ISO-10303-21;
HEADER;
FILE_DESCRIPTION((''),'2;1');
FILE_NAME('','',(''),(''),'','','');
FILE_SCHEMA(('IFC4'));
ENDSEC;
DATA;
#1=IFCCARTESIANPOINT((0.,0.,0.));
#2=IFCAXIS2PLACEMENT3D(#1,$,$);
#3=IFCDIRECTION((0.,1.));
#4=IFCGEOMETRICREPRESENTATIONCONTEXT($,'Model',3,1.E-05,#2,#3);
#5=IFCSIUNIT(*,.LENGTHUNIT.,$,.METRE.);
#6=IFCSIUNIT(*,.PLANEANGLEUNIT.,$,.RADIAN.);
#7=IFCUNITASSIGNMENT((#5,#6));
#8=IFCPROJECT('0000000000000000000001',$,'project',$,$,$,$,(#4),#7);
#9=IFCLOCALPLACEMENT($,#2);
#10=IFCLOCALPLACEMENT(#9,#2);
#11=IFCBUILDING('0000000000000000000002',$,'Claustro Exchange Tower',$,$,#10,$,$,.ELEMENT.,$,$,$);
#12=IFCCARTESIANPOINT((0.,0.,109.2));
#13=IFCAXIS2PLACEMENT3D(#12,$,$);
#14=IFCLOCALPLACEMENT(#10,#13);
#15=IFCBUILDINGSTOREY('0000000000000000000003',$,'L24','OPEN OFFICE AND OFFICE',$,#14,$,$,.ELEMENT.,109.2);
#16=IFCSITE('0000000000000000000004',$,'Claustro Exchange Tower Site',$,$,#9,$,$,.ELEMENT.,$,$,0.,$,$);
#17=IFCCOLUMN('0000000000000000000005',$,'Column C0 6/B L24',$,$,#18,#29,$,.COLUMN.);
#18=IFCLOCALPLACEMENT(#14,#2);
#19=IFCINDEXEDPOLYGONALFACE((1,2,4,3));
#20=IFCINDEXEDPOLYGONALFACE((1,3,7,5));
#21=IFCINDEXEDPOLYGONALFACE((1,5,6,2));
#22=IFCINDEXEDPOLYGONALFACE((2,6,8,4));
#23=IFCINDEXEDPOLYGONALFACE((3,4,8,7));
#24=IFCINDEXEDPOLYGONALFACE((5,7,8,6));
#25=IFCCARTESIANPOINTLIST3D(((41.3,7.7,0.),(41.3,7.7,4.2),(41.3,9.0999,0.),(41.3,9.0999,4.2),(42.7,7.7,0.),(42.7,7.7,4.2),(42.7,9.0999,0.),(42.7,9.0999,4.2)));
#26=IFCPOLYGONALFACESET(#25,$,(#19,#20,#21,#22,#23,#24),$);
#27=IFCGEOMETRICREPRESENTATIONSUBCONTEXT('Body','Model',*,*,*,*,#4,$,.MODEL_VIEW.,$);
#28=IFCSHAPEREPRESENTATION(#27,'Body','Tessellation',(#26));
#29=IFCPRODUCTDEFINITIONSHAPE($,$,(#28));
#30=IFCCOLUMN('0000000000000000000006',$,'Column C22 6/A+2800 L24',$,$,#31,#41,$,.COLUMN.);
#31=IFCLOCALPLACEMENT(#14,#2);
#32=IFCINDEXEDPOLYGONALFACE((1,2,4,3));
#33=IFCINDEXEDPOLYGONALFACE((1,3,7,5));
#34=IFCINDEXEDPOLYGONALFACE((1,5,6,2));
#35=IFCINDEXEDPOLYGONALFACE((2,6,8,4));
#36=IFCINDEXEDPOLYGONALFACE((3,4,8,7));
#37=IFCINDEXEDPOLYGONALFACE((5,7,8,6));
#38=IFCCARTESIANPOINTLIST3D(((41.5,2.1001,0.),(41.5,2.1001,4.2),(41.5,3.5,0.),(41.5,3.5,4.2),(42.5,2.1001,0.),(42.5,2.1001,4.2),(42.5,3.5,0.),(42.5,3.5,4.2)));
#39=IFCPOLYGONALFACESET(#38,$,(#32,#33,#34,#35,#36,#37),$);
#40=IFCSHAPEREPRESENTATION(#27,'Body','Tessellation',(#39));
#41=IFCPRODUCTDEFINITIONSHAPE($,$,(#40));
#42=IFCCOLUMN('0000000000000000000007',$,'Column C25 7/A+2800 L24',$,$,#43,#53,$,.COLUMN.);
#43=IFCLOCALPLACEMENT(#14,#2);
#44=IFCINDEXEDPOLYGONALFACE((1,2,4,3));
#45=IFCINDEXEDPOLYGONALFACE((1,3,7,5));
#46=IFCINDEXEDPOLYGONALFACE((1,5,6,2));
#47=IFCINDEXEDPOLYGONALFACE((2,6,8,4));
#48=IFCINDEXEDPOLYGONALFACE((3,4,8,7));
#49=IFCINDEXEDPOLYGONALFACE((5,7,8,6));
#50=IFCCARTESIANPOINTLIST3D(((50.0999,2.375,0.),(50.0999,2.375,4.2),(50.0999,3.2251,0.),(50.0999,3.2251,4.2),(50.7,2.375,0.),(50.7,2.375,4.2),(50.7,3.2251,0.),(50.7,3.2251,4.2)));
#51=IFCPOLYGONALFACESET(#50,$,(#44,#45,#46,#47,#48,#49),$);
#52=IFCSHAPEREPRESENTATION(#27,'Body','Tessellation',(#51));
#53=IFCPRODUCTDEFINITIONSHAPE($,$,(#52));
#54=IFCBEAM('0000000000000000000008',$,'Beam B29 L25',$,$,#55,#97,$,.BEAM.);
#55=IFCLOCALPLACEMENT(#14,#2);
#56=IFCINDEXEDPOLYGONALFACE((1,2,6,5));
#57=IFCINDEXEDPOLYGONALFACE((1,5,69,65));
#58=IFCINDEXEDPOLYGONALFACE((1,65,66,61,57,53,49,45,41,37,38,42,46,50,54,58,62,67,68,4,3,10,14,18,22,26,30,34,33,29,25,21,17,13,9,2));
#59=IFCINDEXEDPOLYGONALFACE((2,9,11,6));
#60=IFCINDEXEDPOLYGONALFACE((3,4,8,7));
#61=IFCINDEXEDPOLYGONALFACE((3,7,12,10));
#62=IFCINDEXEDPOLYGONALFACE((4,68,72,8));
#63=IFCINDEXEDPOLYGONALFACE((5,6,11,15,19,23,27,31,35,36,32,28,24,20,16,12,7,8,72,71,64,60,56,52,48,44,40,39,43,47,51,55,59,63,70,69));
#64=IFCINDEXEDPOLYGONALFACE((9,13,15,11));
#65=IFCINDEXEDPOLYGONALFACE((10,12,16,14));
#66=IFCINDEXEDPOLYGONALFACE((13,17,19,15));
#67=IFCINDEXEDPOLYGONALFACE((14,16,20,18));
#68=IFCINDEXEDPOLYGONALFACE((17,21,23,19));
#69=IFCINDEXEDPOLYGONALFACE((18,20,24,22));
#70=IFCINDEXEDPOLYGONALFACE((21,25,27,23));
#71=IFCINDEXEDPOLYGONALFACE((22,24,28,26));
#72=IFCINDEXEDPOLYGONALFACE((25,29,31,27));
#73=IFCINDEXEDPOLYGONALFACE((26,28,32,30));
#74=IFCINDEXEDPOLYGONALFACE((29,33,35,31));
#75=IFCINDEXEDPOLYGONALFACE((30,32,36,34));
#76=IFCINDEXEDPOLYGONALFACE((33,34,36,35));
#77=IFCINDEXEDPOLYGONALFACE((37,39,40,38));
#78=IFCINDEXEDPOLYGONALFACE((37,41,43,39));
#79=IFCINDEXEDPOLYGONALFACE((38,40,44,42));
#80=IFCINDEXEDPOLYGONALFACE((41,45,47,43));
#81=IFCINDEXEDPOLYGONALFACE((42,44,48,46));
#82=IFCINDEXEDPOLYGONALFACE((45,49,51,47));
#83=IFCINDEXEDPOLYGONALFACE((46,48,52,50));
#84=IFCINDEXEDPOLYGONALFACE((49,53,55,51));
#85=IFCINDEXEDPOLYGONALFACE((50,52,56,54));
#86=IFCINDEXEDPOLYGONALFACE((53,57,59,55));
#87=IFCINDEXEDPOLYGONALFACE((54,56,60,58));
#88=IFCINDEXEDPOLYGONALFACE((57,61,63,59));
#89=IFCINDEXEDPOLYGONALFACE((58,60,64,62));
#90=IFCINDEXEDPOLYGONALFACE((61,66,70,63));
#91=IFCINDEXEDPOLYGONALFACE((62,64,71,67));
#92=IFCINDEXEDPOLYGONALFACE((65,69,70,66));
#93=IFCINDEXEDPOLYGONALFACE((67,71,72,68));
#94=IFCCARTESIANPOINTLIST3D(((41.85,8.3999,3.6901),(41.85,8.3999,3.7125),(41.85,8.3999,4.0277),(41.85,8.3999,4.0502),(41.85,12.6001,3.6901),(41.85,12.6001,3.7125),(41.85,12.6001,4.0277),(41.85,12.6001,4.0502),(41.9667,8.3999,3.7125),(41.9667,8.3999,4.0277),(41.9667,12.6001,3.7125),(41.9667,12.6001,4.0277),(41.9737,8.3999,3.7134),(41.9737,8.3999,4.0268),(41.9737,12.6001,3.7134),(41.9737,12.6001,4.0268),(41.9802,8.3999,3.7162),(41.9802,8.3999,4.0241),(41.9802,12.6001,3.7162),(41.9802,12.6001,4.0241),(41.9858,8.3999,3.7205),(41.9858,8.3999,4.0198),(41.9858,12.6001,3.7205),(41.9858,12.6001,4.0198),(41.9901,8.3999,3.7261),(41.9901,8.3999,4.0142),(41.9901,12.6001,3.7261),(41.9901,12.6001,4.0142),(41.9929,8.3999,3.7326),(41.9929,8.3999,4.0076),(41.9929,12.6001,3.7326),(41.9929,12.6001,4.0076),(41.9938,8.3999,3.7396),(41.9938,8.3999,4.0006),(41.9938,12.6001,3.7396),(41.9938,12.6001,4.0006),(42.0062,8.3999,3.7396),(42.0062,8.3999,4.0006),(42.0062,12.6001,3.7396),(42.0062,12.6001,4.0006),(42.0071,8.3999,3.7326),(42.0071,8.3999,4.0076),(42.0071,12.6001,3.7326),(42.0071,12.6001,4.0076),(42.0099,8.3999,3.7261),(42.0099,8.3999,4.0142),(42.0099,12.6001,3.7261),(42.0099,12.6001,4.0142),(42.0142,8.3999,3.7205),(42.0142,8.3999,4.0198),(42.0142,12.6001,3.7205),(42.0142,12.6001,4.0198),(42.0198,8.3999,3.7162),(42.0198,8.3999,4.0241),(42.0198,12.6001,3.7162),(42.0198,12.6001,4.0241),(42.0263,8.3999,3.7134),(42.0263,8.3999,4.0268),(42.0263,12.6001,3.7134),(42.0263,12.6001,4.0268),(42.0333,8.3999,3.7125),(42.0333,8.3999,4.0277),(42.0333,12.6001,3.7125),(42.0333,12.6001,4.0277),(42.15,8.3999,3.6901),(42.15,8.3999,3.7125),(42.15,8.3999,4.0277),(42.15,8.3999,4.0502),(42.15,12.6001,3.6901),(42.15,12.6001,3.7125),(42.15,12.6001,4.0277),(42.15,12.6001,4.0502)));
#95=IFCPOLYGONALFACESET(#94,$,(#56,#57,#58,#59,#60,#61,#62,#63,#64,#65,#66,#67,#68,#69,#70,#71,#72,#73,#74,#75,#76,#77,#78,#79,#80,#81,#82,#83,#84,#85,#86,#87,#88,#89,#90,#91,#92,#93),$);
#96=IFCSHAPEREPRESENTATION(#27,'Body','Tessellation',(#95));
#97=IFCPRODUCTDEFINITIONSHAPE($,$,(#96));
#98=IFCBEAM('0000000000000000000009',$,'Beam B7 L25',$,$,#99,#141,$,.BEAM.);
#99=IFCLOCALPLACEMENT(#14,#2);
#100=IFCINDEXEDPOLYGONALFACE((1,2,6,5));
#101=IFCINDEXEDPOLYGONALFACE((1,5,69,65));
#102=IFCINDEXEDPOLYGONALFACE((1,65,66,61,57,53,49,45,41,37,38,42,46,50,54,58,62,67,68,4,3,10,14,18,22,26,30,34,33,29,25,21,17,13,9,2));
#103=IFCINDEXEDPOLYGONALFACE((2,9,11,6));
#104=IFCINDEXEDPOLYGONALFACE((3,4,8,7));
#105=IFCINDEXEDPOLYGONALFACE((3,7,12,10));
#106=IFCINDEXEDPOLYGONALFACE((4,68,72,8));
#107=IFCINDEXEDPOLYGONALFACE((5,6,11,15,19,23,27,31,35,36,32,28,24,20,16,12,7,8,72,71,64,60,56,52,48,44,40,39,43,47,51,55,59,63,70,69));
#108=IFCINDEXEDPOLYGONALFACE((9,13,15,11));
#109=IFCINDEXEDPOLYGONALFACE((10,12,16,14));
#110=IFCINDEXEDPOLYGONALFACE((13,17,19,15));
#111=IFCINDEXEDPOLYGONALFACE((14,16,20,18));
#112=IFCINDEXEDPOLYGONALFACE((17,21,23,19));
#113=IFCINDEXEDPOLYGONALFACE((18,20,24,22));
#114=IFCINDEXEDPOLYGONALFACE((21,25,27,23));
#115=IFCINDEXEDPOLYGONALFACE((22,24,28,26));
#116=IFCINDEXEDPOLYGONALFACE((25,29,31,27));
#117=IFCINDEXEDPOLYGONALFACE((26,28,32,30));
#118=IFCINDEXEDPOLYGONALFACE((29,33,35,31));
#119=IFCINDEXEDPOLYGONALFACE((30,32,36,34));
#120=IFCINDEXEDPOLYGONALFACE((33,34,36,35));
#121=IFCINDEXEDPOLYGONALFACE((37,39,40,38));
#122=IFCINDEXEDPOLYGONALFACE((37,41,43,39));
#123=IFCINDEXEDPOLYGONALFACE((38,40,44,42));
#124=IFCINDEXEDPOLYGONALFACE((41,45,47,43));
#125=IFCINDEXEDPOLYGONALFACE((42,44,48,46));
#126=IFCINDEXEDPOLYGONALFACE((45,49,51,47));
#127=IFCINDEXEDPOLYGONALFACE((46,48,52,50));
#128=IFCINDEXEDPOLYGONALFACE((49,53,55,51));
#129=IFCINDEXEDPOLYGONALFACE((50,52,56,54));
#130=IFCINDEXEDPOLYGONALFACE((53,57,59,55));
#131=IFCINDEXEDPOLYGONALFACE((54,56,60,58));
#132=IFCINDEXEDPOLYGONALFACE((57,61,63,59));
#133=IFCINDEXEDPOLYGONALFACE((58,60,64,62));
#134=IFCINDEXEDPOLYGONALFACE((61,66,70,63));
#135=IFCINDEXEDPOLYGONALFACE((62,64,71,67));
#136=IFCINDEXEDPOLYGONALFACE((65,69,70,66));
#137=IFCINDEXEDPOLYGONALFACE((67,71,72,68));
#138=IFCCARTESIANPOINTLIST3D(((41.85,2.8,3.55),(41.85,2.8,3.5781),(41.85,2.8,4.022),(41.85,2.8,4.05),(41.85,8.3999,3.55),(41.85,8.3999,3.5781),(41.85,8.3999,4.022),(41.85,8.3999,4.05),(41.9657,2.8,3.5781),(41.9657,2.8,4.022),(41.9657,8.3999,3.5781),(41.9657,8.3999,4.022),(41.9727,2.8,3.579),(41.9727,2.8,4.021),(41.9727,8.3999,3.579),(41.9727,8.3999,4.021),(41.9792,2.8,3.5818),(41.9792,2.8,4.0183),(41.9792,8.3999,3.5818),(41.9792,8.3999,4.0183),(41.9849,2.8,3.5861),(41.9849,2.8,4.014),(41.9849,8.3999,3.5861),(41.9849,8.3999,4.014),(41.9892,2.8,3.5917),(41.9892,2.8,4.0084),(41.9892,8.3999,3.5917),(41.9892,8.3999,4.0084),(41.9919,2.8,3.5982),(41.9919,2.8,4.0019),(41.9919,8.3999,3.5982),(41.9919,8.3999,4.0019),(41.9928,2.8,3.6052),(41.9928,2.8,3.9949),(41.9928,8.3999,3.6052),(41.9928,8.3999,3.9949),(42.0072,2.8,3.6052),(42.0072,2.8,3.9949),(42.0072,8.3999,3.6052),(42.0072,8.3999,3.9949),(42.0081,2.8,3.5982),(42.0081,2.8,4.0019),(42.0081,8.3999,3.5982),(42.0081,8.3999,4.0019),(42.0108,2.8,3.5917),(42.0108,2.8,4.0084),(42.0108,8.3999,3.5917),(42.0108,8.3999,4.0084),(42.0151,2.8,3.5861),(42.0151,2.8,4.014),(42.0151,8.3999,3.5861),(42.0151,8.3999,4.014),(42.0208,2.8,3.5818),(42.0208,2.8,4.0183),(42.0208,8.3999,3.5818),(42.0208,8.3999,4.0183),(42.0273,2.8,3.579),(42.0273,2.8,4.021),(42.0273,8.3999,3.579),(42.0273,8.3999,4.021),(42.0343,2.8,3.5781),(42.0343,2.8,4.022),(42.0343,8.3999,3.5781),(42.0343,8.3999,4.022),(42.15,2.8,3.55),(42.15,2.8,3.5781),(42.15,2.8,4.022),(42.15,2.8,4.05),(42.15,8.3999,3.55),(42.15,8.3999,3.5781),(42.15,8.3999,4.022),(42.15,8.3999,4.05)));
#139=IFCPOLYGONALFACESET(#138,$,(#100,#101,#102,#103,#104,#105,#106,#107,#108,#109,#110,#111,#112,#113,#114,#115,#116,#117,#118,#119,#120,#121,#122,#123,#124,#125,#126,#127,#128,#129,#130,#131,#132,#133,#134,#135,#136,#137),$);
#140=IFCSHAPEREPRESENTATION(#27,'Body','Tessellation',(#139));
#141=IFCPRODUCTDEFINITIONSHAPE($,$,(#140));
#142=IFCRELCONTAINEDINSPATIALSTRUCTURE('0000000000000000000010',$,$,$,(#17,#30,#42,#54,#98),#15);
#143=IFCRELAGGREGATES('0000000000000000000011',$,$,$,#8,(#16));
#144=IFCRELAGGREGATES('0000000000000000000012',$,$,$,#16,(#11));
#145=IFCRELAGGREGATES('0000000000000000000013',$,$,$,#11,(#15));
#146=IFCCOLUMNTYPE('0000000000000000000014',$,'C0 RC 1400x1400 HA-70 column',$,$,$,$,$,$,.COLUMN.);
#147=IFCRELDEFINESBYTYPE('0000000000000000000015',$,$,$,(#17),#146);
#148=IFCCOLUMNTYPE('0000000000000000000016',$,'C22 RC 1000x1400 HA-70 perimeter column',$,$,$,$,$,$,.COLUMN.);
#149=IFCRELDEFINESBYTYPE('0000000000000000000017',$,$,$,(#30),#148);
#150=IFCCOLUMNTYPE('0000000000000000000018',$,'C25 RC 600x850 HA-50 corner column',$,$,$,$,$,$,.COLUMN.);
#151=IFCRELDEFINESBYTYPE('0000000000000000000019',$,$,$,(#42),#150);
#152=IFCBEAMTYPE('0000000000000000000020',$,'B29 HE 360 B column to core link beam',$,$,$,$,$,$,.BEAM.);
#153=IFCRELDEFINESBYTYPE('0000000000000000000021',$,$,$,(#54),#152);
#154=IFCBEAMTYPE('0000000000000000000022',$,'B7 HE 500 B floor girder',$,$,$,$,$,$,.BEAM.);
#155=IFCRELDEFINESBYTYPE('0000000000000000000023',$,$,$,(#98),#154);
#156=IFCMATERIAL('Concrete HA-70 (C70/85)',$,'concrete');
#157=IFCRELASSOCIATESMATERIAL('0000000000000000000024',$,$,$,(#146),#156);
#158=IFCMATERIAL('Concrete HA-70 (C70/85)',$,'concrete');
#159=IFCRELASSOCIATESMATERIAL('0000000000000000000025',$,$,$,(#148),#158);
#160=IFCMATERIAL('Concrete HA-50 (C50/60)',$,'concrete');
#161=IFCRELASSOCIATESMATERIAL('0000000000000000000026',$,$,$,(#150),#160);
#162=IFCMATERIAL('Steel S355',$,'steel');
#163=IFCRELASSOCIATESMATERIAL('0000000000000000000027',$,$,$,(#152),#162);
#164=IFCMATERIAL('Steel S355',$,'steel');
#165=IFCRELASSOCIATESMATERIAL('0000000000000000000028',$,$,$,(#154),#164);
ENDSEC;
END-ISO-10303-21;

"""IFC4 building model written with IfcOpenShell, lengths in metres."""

from ifc_helpers import new_model, si_unit, direction, frame, origin, origin_2d, place, context, subcontext, project, spatial, rectangle, i_section, extrude, material, material_profile, profile_set, type_object, element, save


model = new_model("IFC4")

# Units and contexts
model_context = context("Model", 3, precision=1e-05, world=origin(), true_north=direction((0.0, 1.0)))
body_context = subcontext(model_context, "Body", "Model", "MODEL_VIEW")
ifc_project = project(units=[si_unit("LENGTHUNIT", "METRE"), si_unit("PLANEANGLEUNIT", "RADIAN")], contexts=[model_context])

# Site, building, storey
site_placement = place(None, origin())
site = spatial("IfcSite", under=ifc_project, at=site_placement, Name="Claustro Exchange Tower Site", CompositionType="ELEMENT", RefElevation=0.0)
building_placement = place(site_placement, origin())
building = spatial("IfcBuilding", under=site, at=building_placement, Name="Claustro Exchange Tower", CompositionType="ELEMENT")
storey_placement = place(building_placement, frame((0.0, 0.0, 109.2)))
storey = spatial("IfcBuildingStorey", under=building, at=storey_placement, Name="L24", Description="OPEN OFFICE AND OFFICE", CompositionType="ELEMENT", Elevation=109.2)

# Columns
ifc_material_1 = material(Name="Concrete HA-70 (C70/85)", Category="concrete")
ifc_material_profile_1 = material_profile(ifc_material_1, rectangle(XDim=1.3999, YDim=1.3999, at=origin_2d()), Name="RC 1400x1400")
ifc_profile_set_1 = profile_set([ifc_material_profile_1], Name="Concrete HA-70 (C70/85)")
column_type_1 = type_object("IfcColumnType", Name="C0 RC 1400x1400 HA-70 column", PredefinedType="COLUMN", material=ifc_profile_set_1)
column_1_placement = place(storey_placement, frame((42.0, 8.3999, 0.0), z_axis=(0.0, 0.0, 1.0), x_axis=(1.0, 0.0, 0.0)))
element("IfcColumn", 1, at=column_1_placement, inside=storey, type_object=column_type_1, Name="Column C0 6/B L24", PredefinedType="COLUMN", context=body_context, shape_type="SweptSolid", body=[
    extrude(rectangle(XDim=1.3999, YDim=1.3999, at=origin_2d()), origin(), (0.0, 0.0, 1.0), 4.2),
])
ifc_material_2 = material(Name="Concrete HA-70 (C70/85)", Category="concrete")
ifc_material_profile_2 = material_profile(ifc_material_2, rectangle(XDim=1.0, YDim=1.3999, at=origin_2d()), Name="RC 1000x1400")
ifc_profile_set_2 = profile_set([ifc_material_profile_2], Name="Concrete HA-70 (C70/85)")
column_type_2 = type_object("IfcColumnType", Name="C22 RC 1000x1400 HA-70 perimeter column", PredefinedType="COLUMN", material=ifc_profile_set_2)
column_2_placement = place(storey_placement, frame((42.0, 2.8, 0.0), z_axis=(0.0, 0.0, 1.0), x_axis=(1.0, 0.0, 0.0)))
element("IfcColumn", 2, at=column_2_placement, inside=storey, type_object=column_type_2, Name="Column C22 6/A+2800 L24", PredefinedType="COLUMN", context=body_context, shape_type="SweptSolid", body=[
    extrude(rectangle(XDim=1.0, YDim=1.3999, at=origin_2d()), origin(), (0.0, 0.0, 1.0), 4.2),
])
ifc_material_3 = material(Name="Concrete HA-50 (C50/60)", Category="concrete")
ifc_material_profile_3 = material_profile(ifc_material_3, rectangle(XDim=0.6001, YDim=0.8501, at=origin_2d()), Name="RC 600x850")
ifc_profile_set_3 = profile_set([ifc_material_profile_3], Name="Concrete HA-50 (C50/60)")
column_type_3 = type_object("IfcColumnType", Name="C25 RC 600x850 HA-50 corner column", PredefinedType="COLUMN", material=ifc_profile_set_3)
column_3_placement = place(storey_placement, frame((50.3999, 2.8, 0.0), z_axis=(0.0, 0.0, 1.0), x_axis=(1.0, 0.0, 0.0)))
element("IfcColumn", 3, at=column_3_placement, inside=storey, type_object=column_type_3, Name="Column C25 7/A+2800 L24", PredefinedType="COLUMN", context=body_context, shape_type="SweptSolid", body=[
    extrude(rectangle(XDim=0.6001, YDim=0.8501, at=origin_2d()), origin(), (0.0, 0.0, 1.0), 4.2),
])

# Beams
ifc_material_4 = material(Name="Steel S355", Category="steel")
ifc_material_profile_4 = material_profile(ifc_material_4, i_section(OverallWidth=0.3, OverallDepth=0.3601, WebThickness=0.0125, FlangeThickness=0.0225, FilletRadius=0.0271, at=origin_2d()), Name="HE 360 B")
ifc_profile_set_4 = profile_set([ifc_material_profile_4], Name="Steel S355")
beam_type_1 = type_object("IfcBeamType", Name="B29 HE 360 B column to core link beam", PredefinedType="BEAM", material=ifc_profile_set_4)
beam_1_placement = place(storey_placement, frame((42.0, 8.3999, 3.8701), z_axis=(0.0, 1.0, 0.0), x_axis=(-1.0, 0.0, 0.0)))
element("IfcBeam", 4, at=beam_1_placement, inside=storey, type_object=beam_type_1, Name="Beam B29 L25", PredefinedType="BEAM", context=body_context, shape_type="SweptSolid", body=[
    extrude(i_section(OverallWidth=0.3, OverallDepth=0.3601, WebThickness=0.0125, FlangeThickness=0.0225, FilletRadius=0.0271, at=origin_2d()), origin(), (0.0, 0.0, 1.0), 4.2002),
])
ifc_material_5 = material(Name="Steel S355", Category="steel")
ifc_material_profile_5 = material_profile(ifc_material_5, i_section(OverallWidth=0.3, OverallDepth=0.5, WebThickness=0.0144, FlangeThickness=0.0281, FilletRadius=0.0271, at=origin_2d()), Name="HE 500 B")
ifc_profile_set_5 = profile_set([ifc_material_profile_5], Name="Steel S355")
beam_type_2 = type_object("IfcBeamType", Name="B7 HE 500 B floor girder", PredefinedType="BEAM", material=ifc_profile_set_5)
beam_2_placement = place(storey_placement, frame((42.0, 2.8, 3.8), z_axis=(0.0, 1.0, 0.0), x_axis=(-1.0, 0.0, 0.0)))
element("IfcBeam", 5, at=beam_2_placement, inside=storey, type_object=beam_type_2, Name="Beam B7 L25", PredefinedType="BEAM", context=body_context, shape_type="SweptSolid", body=[
    extrude(i_section(OverallWidth=0.3, OverallDepth=0.5, WebThickness=0.0144, FlangeThickness=0.0281, FilletRadius=0.0271, at=origin_2d()), origin(), (0.0, 0.0, 1.0), 5.5999),
])

save(model, "model.ifc")
